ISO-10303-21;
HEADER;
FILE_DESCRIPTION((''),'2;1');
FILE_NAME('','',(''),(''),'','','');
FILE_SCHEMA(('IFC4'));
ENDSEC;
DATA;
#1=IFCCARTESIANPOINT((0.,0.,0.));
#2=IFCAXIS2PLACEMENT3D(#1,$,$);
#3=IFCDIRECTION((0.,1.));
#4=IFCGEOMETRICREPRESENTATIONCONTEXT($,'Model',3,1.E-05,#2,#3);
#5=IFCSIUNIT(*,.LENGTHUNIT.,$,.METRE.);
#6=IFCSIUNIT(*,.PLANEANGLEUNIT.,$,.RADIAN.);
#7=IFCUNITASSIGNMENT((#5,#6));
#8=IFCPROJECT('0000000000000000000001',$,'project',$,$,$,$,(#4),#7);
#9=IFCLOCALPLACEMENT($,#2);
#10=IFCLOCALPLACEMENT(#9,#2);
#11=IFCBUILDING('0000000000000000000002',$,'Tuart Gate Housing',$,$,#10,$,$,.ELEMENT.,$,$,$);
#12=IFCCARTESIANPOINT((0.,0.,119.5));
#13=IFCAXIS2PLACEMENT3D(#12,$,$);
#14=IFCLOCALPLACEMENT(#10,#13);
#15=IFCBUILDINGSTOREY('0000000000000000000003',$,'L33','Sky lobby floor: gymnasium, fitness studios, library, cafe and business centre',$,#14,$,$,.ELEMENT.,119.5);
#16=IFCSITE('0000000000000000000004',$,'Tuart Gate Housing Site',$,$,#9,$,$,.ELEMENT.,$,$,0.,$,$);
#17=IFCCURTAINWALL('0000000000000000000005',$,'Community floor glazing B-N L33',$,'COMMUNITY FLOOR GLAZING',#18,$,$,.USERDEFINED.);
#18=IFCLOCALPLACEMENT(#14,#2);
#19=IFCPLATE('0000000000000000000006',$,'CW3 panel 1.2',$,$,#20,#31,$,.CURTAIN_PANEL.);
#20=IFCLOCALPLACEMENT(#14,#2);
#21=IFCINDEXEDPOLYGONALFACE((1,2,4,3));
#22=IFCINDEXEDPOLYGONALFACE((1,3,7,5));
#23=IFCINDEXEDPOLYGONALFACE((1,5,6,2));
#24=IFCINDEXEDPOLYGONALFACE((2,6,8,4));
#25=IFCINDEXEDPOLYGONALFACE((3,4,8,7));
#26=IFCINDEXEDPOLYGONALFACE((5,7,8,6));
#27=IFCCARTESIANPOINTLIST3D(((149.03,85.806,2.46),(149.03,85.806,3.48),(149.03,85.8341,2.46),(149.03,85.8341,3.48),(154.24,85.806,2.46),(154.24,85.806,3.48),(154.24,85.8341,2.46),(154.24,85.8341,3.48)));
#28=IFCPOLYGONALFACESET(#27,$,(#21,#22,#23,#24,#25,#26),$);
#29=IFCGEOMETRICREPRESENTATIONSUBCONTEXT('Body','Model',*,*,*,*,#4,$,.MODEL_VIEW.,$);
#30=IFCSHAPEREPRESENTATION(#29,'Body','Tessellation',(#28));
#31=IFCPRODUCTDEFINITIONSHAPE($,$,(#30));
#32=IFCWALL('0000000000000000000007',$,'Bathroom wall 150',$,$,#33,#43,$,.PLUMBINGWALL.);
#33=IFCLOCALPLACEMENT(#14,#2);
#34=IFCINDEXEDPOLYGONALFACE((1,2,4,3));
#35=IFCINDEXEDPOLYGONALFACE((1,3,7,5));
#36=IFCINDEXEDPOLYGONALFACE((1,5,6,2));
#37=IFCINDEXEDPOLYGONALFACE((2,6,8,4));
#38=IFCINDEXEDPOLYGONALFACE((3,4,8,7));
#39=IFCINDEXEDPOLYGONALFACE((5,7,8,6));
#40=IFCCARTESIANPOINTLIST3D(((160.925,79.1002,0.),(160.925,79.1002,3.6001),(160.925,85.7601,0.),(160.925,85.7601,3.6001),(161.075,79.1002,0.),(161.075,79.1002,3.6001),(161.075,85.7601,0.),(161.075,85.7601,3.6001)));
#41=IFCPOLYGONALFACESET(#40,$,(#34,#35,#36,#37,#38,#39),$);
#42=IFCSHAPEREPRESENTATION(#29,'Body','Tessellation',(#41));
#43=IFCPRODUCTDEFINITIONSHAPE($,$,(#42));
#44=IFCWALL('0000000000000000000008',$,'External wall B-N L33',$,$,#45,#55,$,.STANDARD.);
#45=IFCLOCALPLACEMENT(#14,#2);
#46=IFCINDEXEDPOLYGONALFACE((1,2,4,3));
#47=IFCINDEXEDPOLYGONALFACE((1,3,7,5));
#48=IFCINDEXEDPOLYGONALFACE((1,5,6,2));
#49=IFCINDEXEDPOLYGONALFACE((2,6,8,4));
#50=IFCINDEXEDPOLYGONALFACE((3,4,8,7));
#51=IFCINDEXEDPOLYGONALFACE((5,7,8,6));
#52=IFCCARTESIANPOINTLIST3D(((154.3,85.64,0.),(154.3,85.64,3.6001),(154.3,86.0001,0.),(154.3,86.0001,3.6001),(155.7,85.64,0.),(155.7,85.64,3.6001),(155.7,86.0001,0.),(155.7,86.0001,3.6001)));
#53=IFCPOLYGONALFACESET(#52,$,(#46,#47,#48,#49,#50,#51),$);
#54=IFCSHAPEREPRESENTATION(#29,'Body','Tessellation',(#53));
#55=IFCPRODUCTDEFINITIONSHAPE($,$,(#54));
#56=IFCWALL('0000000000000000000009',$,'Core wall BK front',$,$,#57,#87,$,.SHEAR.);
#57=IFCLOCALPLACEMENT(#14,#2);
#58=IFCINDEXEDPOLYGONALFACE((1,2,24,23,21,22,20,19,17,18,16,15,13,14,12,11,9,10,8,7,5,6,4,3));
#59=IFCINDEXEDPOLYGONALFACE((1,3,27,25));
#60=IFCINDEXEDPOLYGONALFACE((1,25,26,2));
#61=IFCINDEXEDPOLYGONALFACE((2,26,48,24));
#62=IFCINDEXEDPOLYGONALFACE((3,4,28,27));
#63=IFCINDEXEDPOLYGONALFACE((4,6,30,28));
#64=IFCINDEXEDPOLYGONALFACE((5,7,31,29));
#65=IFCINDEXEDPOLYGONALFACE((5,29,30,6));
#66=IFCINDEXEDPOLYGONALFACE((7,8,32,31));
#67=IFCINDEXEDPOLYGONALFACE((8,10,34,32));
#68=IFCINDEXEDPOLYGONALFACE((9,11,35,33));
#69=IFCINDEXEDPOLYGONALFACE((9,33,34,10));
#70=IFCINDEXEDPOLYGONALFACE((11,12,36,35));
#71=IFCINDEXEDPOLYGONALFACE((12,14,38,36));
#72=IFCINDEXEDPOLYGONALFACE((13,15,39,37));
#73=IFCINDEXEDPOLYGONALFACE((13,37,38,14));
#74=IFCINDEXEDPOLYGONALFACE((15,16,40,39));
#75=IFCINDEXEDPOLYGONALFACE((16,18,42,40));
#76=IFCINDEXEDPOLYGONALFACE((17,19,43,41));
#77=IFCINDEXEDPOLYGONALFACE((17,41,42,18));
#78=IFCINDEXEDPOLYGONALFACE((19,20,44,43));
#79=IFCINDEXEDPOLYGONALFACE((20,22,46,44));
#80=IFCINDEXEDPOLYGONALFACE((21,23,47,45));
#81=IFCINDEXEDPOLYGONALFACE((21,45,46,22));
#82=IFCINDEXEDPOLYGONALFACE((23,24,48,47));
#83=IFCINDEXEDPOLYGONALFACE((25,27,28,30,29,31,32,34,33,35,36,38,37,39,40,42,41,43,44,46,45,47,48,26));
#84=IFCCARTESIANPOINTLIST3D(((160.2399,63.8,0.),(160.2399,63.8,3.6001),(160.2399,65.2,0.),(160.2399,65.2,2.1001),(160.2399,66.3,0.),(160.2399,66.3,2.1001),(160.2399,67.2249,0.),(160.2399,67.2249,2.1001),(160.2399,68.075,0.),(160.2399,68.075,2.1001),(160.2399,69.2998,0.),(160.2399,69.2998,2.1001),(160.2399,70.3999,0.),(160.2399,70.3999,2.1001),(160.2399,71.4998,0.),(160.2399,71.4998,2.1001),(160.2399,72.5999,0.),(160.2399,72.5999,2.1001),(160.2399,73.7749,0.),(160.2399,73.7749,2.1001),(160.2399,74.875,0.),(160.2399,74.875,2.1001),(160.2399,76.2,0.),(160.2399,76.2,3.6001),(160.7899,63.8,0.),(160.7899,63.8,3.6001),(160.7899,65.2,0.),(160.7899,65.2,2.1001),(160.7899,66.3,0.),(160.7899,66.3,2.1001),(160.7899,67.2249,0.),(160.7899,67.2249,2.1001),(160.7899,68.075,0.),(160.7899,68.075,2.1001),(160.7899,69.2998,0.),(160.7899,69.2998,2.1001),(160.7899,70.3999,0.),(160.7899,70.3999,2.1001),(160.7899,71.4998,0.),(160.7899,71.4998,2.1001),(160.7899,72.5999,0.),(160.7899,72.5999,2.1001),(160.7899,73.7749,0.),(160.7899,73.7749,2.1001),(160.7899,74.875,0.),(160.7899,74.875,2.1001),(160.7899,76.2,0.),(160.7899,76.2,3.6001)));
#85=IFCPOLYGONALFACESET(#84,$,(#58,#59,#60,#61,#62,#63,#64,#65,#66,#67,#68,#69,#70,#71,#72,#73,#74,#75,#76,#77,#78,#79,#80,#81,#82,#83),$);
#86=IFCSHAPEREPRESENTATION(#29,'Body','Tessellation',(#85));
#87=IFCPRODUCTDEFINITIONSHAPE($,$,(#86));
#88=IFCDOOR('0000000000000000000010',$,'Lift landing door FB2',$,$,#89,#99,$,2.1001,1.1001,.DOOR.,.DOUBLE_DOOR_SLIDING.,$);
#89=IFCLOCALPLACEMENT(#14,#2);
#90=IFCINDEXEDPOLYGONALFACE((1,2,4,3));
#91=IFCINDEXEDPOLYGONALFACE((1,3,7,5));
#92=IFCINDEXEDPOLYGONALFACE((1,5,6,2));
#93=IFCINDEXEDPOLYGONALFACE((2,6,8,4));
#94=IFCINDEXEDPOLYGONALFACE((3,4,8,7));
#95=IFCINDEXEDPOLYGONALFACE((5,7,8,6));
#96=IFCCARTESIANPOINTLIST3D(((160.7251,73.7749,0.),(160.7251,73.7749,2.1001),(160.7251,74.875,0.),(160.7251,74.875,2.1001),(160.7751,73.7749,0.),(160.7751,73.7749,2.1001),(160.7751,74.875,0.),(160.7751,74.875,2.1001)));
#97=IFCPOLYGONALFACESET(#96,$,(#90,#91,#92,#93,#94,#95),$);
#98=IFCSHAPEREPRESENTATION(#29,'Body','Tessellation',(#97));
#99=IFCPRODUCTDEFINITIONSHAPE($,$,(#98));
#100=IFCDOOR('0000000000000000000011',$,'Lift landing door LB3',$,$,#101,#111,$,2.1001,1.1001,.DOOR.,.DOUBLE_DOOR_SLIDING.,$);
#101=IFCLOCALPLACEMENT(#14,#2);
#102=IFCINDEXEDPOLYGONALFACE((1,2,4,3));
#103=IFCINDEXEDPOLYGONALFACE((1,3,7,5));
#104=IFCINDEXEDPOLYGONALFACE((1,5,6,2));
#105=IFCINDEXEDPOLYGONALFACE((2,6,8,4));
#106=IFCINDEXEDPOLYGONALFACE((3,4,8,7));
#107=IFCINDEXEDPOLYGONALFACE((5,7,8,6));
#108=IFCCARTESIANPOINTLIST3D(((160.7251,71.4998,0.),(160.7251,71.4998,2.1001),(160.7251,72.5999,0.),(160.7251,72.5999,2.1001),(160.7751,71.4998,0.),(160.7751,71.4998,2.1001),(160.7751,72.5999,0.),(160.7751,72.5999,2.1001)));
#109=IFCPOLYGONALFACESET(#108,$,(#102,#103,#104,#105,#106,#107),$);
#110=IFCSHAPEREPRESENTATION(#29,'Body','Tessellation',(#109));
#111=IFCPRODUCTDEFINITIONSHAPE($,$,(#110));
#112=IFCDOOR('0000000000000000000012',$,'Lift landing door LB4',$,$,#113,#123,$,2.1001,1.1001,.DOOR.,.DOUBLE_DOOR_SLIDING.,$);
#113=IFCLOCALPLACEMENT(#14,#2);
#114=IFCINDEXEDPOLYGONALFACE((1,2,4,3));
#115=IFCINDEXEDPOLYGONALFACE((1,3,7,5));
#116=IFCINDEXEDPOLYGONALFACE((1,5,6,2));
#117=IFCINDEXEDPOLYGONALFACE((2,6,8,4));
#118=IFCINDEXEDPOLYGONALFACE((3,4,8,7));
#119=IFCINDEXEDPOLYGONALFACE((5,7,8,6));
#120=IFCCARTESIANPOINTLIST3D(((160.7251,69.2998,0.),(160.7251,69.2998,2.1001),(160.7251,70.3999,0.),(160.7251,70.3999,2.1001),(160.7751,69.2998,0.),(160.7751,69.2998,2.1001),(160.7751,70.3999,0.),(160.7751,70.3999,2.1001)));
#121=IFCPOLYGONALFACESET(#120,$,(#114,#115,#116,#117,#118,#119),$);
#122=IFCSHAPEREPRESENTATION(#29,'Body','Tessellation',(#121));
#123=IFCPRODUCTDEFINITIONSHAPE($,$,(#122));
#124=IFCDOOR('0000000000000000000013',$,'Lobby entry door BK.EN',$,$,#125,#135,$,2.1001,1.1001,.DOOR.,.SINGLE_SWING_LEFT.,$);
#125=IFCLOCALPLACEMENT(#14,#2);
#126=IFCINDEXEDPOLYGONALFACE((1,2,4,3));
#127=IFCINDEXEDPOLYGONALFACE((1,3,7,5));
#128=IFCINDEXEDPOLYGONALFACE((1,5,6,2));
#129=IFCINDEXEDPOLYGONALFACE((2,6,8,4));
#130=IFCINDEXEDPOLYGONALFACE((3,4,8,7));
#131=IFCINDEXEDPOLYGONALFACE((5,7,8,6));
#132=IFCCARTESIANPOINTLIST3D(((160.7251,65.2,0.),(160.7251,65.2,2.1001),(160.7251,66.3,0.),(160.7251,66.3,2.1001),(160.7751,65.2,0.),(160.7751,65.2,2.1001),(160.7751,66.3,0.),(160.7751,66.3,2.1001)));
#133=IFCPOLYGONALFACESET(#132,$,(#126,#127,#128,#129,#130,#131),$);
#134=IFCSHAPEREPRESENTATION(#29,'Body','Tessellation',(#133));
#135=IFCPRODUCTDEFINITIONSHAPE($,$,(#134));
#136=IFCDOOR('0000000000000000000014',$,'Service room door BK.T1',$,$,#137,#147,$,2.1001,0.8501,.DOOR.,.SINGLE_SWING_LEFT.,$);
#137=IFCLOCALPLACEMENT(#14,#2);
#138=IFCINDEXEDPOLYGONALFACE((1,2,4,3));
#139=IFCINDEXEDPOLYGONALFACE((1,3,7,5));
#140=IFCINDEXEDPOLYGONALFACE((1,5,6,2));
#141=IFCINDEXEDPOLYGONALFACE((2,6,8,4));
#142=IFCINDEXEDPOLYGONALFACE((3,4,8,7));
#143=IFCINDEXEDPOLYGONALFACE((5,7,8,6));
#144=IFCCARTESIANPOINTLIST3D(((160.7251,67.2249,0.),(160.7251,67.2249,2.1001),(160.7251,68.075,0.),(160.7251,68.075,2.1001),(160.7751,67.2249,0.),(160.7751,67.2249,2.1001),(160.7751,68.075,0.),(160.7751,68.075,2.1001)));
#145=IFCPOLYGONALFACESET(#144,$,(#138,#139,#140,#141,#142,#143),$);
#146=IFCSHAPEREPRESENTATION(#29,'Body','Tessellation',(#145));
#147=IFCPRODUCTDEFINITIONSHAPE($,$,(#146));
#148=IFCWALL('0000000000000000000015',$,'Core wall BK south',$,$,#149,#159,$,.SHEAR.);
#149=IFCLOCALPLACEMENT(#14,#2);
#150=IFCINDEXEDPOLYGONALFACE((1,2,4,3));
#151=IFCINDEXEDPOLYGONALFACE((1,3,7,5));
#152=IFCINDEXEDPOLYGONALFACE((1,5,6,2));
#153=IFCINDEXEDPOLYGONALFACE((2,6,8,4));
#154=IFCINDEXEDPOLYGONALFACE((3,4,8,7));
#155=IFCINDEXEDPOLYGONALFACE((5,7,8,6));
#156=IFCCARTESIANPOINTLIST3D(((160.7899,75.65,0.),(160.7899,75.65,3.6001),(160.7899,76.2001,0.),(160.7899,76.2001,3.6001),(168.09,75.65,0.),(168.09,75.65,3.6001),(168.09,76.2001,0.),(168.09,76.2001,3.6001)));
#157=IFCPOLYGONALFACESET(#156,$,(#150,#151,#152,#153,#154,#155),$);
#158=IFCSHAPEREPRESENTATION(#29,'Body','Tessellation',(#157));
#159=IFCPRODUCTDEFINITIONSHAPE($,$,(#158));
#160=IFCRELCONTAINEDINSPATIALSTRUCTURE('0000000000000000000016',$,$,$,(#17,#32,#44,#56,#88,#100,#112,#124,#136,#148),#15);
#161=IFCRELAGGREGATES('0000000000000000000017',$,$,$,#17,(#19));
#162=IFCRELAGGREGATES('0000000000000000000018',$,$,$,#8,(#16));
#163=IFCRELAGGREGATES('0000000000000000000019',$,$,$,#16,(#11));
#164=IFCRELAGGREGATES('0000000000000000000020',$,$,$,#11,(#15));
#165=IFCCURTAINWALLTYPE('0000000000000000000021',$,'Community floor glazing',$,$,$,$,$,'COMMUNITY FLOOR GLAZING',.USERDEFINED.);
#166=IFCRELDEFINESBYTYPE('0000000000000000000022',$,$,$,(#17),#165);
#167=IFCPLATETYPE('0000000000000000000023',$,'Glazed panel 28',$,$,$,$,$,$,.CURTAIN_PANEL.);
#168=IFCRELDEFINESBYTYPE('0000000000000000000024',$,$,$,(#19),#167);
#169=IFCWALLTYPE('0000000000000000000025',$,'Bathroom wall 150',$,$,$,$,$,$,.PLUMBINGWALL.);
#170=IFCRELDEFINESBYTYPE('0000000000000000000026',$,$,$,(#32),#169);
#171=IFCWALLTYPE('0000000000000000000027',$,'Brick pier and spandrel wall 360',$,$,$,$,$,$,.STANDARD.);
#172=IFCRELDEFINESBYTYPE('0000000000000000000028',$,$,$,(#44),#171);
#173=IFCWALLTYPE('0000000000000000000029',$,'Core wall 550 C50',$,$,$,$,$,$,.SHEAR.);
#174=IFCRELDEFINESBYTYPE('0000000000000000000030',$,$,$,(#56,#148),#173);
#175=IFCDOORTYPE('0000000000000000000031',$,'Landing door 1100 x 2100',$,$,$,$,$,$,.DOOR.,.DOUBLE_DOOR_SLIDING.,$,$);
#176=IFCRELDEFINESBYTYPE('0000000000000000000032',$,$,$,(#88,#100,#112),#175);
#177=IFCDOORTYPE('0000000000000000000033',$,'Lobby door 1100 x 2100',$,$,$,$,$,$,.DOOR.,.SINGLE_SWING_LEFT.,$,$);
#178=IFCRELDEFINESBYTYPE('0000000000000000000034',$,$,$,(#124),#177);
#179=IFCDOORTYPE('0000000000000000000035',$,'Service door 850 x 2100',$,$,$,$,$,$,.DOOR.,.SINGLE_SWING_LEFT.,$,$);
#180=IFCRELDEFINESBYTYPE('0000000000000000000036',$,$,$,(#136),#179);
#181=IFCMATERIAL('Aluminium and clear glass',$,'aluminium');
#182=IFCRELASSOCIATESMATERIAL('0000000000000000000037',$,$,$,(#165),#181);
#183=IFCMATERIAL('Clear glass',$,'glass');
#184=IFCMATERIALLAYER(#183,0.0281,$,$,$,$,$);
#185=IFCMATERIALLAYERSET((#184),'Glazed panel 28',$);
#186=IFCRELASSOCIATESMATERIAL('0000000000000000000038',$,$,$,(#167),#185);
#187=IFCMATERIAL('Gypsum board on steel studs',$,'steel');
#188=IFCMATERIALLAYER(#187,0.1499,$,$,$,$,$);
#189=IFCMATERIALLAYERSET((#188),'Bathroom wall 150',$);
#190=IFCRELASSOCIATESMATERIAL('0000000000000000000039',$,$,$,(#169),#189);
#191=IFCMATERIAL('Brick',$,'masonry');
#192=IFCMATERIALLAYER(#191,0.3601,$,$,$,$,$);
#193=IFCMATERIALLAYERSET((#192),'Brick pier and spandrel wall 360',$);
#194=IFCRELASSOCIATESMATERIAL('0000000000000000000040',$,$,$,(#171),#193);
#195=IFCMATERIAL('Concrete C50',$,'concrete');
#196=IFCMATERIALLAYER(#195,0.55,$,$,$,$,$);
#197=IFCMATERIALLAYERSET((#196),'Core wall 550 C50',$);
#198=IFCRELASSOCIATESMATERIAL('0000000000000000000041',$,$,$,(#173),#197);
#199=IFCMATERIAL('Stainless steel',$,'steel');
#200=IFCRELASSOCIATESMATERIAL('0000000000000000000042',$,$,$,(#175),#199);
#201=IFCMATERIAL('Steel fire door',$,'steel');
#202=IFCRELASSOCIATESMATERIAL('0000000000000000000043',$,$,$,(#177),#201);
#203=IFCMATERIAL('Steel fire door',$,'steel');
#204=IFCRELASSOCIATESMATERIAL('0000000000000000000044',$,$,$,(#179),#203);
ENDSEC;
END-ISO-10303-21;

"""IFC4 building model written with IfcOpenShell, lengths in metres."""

from ifc_helpers import new_model, si_unit, direction, frame, frame_2d, origin, origin_2d, place, context, subcontext, project, spatial, rectangle, extrude, material, layer, layer_set, type_object, element, fill, aggregate, save


model = new_model("IFC4")

# Units and contexts
model_context = context("Model", 3, precision=1e-05, world=origin(), true_north=direction((0.0, 1.0)))
body_context = subcontext(model_context, "Body", "Model", "MODEL_VIEW")
ifc_project = project(units=[si_unit("LENGTHUNIT", "METRE"), si_unit("PLANEANGLEUNIT", "RADIAN")], contexts=[model_context])

# Site, building, storey
site_placement = place(None, origin())
site = spatial("IfcSite", under=ifc_project, at=site_placement, Name="Tuart Gate Housing Site", CompositionType="ELEMENT", RefElevation=0.0)
building_placement = place(site_placement, origin())
building = spatial("IfcBuilding", under=site, at=building_placement, Name="Tuart Gate Housing", CompositionType="ELEMENT")
storey_placement = place(building_placement, frame((0.0, 0.0, 119.5)))
storey = spatial("IfcBuildingStorey", under=building, at=storey_placement, Name="L33", Description="Sky lobby floor: gymnasium, fitness studios, library, cafe and business centre", CompositionType="ELEMENT", Elevation=119.5)

# Shared definitions
ifc_material_1 = material(Name="Aluminium and clear glass", Category="aluminium")
curtain_wall_type = type_object("IfcCurtainWallType", Name="Community floor glazing", ElementType="COMMUNITY FLOOR GLAZING", PredefinedType="USERDEFINED", material=ifc_material_1)

# Curtain wall
curtain_wall_1_placement = place(storey_placement, origin())
curtain_wall_1 = element("IfcCurtainWall", 1, at=curtain_wall_1_placement, inside=storey, type_object=curtain_wall_type, Name="Community floor glazing B-N L33", ObjectType="COMMUNITY FLOOR GLAZING", PredefinedType="USERDEFINED")

# Plate
ifc_material_2 = material(Name="Clear glass", Category="glass")
ifc_layer_1 = layer(ifc_material_2, 0.0281)
ifc_layer_set_1 = layer_set([ifc_layer_1], Name="Glazed panel 28")
plate_type = type_object("IfcPlateType", Name="Glazed panel 28", PredefinedType="CURTAIN_PANEL", material=ifc_layer_set_1)
plate_1_placement = place(storey_placement, frame((151.635, 85.8201, 2.46), z_axis=(0.0, 0.0, 1.0), x_axis=(-1.0, 0.0, 0.0)))
plate_1 = element("IfcPlate", 2, at=plate_1_placement, type_object=plate_type, Name="CW3 panel 1.2", PredefinedType="CURTAIN_PANEL", context=body_context, shape_type="SweptSolid", body=[
    extrude(rectangle(XDim=5.21, YDim=0.0281, at=origin_2d()), origin(), (0.0, 0.0, 1.0), 1.02),
])
aggregate(curtain_wall_1, [plate_1])

# Walls
ifc_material_3 = material(Name="Gypsum board on steel studs", Category="steel")
ifc_layer_2 = layer(ifc_material_3, 0.1499)
ifc_layer_set_2 = layer_set([ifc_layer_2], Name="Bathroom wall 150")
wall_type_1 = type_object("IfcWallType", Name="Bathroom wall 150", PredefinedType="PLUMBINGWALL", material=ifc_layer_set_2)
wall_1_placement = place(storey_placement, frame((161.0, 79.1001, 0.0), z_axis=(0.0, 0.0, 1.0), x_axis=(0.0, 1.0, 0.0)))
element("IfcWall", 3, at=wall_1_placement, inside=storey, type_object=wall_type_1, Name="Bathroom wall 150", PredefinedType="PLUMBINGWALL", context=body_context, shape_type="SweptSolid", body=[
    extrude(rectangle(XDim=6.6599, YDim=0.1499, at=frame_2d((3.3301, 0.0))), origin(), (0.0, 0.0, 1.0), 3.6001),
])
ifc_material_4 = material(Name="Brick", Category="masonry")
ifc_layer_3 = layer(ifc_material_4, 0.3601)
ifc_layer_set_3 = layer_set([ifc_layer_3], Name="Brick pier and spandrel wall 360")
wall_type_2 = type_object("IfcWallType", Name="Brick pier and spandrel wall 360", PredefinedType="STANDARD", material=ifc_layer_set_3)
wall_2_placement = place(storey_placement, frame((155.7, 85.8201, 0.0), z_axis=(0.0, 0.0, 1.0), x_axis=(-1.0, 0.0, 0.0)))
element("IfcWall", 4, at=wall_2_placement, inside=storey, type_object=wall_type_2, Name="External wall B-N L33", PredefinedType="STANDARD", context=body_context, shape_type="SweptSolid", body=[
    extrude(rectangle(XDim=1.3999, YDim=0.3601, at=frame_2d((0.7, 0.0))), origin(), (0.0, 0.0, 1.0), 3.6001),
])

# Wall, openings, doors
ifc_material_5 = material(Name="Concrete C50", Category="concrete")
ifc_layer_4 = layer(ifc_material_5, 0.55)
ifc_layer_set_4 = layer_set([ifc_layer_4], Name="Core wall 550 C50")
wall_type_3 = type_object("IfcWallType", Name="Core wall 550 C50", PredefinedType="SHEAR", material=ifc_layer_set_4)
wall_3_placement = place(storey_placement, frame((160.5149, 76.2, 0.0), z_axis=(0.0, 0.0, 1.0), x_axis=(0.0, -1.0, 0.0)))
wall_3 = element("IfcWall", 5, at=wall_3_placement, inside=storey, type_object=wall_type_3, Name="Core wall BK front", PredefinedType="SHEAR", context=body_context, shape_type="SweptSolid", body=[
    extrude(rectangle(XDim=12.3999, YDim=0.55, at=frame_2d((6.2, 0.0))), origin(), (0.0, 0.0, 1.0), 3.6001),
])
opening_1_placement = place(wall_3_placement, frame((1.325, 0.0, 0.0)))
opening_1 = element("IfcOpeningElement", 6, at=opening_1_placement, cuts=wall_3, PredefinedType="OPENING", context=body_context, shape_type="SweptSolid", body=[
    extrude(rectangle(XDim=1.1001, YDim=2.1001, at=frame_2d((0.55, 1.05))), frame((0.0, 0.2849, 0.0), z_axis=(0.0, -1.0, 0.0), x_axis=(1.0, 0.0, 0.0)), (0.0, 0.0, 1.0), 0.5701),
])
opening_2_placement = place(wall_3_placement, frame((3.6001, 0.0, 0.0)))
opening_2 = element("IfcOpeningElement", 7, at=opening_2_placement, cuts=wall_3, PredefinedType="OPENING", context=body_context, shape_type="SweptSolid", body=[
    extrude(rectangle(XDim=1.1001, YDim=2.1001, at=frame_2d((0.55, 1.05))), frame((0.0, 0.2849, 0.0), z_axis=(0.0, -1.0, 0.0), x_axis=(1.0, 0.0, 0.0)), (0.0, 0.0, 1.0), 0.5701),
])
opening_3_placement = place(wall_3_placement, frame((5.8, 0.0, 0.0)))
opening_3 = element("IfcOpeningElement", 8, at=opening_3_placement, cuts=wall_3, PredefinedType="OPENING", context=body_context, shape_type="SweptSolid", body=[
    extrude(rectangle(XDim=1.1001, YDim=2.1001, at=frame_2d((0.55, 1.05))), frame((0.0, 0.2849, 0.0), z_axis=(0.0, -1.0, 0.0), x_axis=(1.0, 0.0, 0.0)), (0.0, 0.0, 1.0), 0.5701),
])
opening_4_placement = place(wall_3_placement, frame((9.8999, 0.0, 0.0)))
opening_4 = element("IfcOpeningElement", 9, at=opening_4_placement, cuts=wall_3, PredefinedType="OPENING", context=body_context, shape_type="SweptSolid", body=[
    extrude(rectangle(XDim=1.1001, YDim=2.1001, at=frame_2d((0.55, 1.05))), frame((0.0, 0.2849, 0.0), z_axis=(0.0, -1.0, 0.0), x_axis=(1.0, 0.0, 0.0)), (0.0, 0.0, 1.0), 0.5701),
])
opening_5_placement = place(wall_3_placement, frame((8.125, 0.0, 0.0)))
opening_5 = element("IfcOpeningElement", 10, at=opening_5_placement, cuts=wall_3, PredefinedType="OPENING", context=body_context, shape_type="SweptSolid", body=[
    extrude(rectangle(XDim=0.8501, YDim=2.1001, at=frame_2d((0.425, 1.05))), frame((0.0, 0.2849, 0.0), z_axis=(0.0, -1.0, 0.0), x_axis=(1.0, 0.0, 0.0)), (0.0, 0.0, 1.0), 0.5701),
])
ifc_material_6 = material(Name="Stainless steel", Category="steel")
door_type_1 = type_object("IfcDoorType", Name="Landing door 1100 x 2100", OperationType="DOUBLE_DOOR_SLIDING", PredefinedType="DOOR", material=ifc_material_6)
door_1_placement = place(opening_1_placement, origin())
door_1 = element("IfcDoor", 11, at=door_1_placement, inside=storey, type_object=door_type_1, Name="Lift landing door FB2", OperationType="DOUBLE_DOOR_SLIDING", OverallHeight=2.1001, OverallWidth=1.1001, PredefinedType="DOOR", context=body_context, shape_type="SweptSolid", body=[
    extrude(rectangle(XDim=1.1001, YDim=2.1001, at=frame_2d((0.55, 1.05))), frame((0.0, 0.2603, 0.0), z_axis=(0.0, -1.0, 0.0), x_axis=(1.0, 0.0, 0.0)), (0.0, 0.0, 1.0), 0.05),
])
fill(opening_1, door_1)
door_2_placement = place(opening_2_placement, origin())
door_2 = element("IfcDoor", 12, at=door_2_placement, inside=storey, type_object=door_type_1, Name="Lift landing door LB3", OperationType="DOUBLE_DOOR_SLIDING", OverallHeight=2.1001, OverallWidth=1.1001, PredefinedType="DOOR", context=body_context, shape_type="SweptSolid", body=[
    extrude(rectangle(XDim=1.1001, YDim=2.1001, at=frame_2d((0.55, 1.05))), frame((0.0, 0.2603, 0.0), z_axis=(0.0, -1.0, 0.0), x_axis=(1.0, 0.0, 0.0)), (0.0, 0.0, 1.0), 0.05),
])
fill(opening_2, door_2)
door_3_placement = place(opening_3_placement, origin())
door_3 = element("IfcDoor", 13, at=door_3_placement, inside=storey, type_object=door_type_1, Name="Lift landing door LB4", OperationType="DOUBLE_DOOR_SLIDING", OverallHeight=2.1001, OverallWidth=1.1001, PredefinedType="DOOR", context=body_context, shape_type="SweptSolid", body=[
    extrude(rectangle(XDim=1.1001, YDim=2.1001, at=frame_2d((0.55, 1.05))), frame((0.0, 0.2603, 0.0), z_axis=(0.0, -1.0, 0.0), x_axis=(1.0, 0.0, 0.0)), (0.0, 0.0, 1.0), 0.05),
])
fill(opening_3, door_3)
ifc_material_7 = material(Name="Steel fire door", Category="steel")
door_type_2 = type_object("IfcDoorType", Name="Lobby door 1100 x 2100", OperationType="SINGLE_SWING_LEFT", PredefinedType="DOOR", material=ifc_material_7)
door_4_placement = place(opening_4_placement, origin())
door_4 = element("IfcDoor", 14, at=door_4_placement, inside=storey, type_object=door_type_2, Name="Lobby entry door BK.EN", OperationType="SINGLE_SWING_LEFT", OverallHeight=2.1001, OverallWidth=1.1001, PredefinedType="DOOR", context=body_context, shape_type="SweptSolid", body=[
    extrude(rectangle(XDim=1.1001, YDim=2.1001, at=frame_2d((0.55, 1.05))), frame((0.0, 0.2603, 0.0), z_axis=(0.0, -1.0, 0.0), x_axis=(1.0, 0.0, 0.0)), (0.0, 0.0, 1.0), 0.05),
])
fill(opening_4, door_4)
ifc_material_8 = material(Name="Steel fire door", Category="steel")
door_type_3 = type_object("IfcDoorType", Name="Service door 850 x 2100", OperationType="SINGLE_SWING_LEFT", PredefinedType="DOOR", material=ifc_material_8)
door_5_placement = place(opening_5_placement, origin())
door_5 = element("IfcDoor", 15, at=door_5_placement, inside=storey, type_object=door_type_3, Name="Service room door BK.T1", OperationType="SINGLE_SWING_LEFT", OverallHeight=2.1001, OverallWidth=0.8501, PredefinedType="DOOR", context=body_context, shape_type="SweptSolid", body=[
    extrude(rectangle(XDim=0.8501, YDim=2.1001, at=frame_2d((0.425, 1.05))), frame((0.0, 0.2603, 0.0), z_axis=(0.0, -1.0, 0.0), x_axis=(1.0, 0.0, 0.0)), (0.0, 0.0, 1.0), 0.05),
])
fill(opening_5, door_5)

# Wall
wall_4_placement = place(storey_placement, frame((160.79, 75.925, 0.0), z_axis=(0.0, 0.0, 1.0), x_axis=(1.0, 0.0, 0.0)))
element("IfcWall", 16, at=wall_4_placement, inside=storey, type_object=wall_type_3, Name="Core wall BK south", PredefinedType="SHEAR", context=body_context, shape_type="SweptSolid", body=[
    extrude(rectangle(XDim=7.3, YDim=0.55, at=frame_2d((3.6499, 0.0))), origin(), (0.0, 0.0, 1.0), 3.6001),
])

save(model, "model.ifc")
